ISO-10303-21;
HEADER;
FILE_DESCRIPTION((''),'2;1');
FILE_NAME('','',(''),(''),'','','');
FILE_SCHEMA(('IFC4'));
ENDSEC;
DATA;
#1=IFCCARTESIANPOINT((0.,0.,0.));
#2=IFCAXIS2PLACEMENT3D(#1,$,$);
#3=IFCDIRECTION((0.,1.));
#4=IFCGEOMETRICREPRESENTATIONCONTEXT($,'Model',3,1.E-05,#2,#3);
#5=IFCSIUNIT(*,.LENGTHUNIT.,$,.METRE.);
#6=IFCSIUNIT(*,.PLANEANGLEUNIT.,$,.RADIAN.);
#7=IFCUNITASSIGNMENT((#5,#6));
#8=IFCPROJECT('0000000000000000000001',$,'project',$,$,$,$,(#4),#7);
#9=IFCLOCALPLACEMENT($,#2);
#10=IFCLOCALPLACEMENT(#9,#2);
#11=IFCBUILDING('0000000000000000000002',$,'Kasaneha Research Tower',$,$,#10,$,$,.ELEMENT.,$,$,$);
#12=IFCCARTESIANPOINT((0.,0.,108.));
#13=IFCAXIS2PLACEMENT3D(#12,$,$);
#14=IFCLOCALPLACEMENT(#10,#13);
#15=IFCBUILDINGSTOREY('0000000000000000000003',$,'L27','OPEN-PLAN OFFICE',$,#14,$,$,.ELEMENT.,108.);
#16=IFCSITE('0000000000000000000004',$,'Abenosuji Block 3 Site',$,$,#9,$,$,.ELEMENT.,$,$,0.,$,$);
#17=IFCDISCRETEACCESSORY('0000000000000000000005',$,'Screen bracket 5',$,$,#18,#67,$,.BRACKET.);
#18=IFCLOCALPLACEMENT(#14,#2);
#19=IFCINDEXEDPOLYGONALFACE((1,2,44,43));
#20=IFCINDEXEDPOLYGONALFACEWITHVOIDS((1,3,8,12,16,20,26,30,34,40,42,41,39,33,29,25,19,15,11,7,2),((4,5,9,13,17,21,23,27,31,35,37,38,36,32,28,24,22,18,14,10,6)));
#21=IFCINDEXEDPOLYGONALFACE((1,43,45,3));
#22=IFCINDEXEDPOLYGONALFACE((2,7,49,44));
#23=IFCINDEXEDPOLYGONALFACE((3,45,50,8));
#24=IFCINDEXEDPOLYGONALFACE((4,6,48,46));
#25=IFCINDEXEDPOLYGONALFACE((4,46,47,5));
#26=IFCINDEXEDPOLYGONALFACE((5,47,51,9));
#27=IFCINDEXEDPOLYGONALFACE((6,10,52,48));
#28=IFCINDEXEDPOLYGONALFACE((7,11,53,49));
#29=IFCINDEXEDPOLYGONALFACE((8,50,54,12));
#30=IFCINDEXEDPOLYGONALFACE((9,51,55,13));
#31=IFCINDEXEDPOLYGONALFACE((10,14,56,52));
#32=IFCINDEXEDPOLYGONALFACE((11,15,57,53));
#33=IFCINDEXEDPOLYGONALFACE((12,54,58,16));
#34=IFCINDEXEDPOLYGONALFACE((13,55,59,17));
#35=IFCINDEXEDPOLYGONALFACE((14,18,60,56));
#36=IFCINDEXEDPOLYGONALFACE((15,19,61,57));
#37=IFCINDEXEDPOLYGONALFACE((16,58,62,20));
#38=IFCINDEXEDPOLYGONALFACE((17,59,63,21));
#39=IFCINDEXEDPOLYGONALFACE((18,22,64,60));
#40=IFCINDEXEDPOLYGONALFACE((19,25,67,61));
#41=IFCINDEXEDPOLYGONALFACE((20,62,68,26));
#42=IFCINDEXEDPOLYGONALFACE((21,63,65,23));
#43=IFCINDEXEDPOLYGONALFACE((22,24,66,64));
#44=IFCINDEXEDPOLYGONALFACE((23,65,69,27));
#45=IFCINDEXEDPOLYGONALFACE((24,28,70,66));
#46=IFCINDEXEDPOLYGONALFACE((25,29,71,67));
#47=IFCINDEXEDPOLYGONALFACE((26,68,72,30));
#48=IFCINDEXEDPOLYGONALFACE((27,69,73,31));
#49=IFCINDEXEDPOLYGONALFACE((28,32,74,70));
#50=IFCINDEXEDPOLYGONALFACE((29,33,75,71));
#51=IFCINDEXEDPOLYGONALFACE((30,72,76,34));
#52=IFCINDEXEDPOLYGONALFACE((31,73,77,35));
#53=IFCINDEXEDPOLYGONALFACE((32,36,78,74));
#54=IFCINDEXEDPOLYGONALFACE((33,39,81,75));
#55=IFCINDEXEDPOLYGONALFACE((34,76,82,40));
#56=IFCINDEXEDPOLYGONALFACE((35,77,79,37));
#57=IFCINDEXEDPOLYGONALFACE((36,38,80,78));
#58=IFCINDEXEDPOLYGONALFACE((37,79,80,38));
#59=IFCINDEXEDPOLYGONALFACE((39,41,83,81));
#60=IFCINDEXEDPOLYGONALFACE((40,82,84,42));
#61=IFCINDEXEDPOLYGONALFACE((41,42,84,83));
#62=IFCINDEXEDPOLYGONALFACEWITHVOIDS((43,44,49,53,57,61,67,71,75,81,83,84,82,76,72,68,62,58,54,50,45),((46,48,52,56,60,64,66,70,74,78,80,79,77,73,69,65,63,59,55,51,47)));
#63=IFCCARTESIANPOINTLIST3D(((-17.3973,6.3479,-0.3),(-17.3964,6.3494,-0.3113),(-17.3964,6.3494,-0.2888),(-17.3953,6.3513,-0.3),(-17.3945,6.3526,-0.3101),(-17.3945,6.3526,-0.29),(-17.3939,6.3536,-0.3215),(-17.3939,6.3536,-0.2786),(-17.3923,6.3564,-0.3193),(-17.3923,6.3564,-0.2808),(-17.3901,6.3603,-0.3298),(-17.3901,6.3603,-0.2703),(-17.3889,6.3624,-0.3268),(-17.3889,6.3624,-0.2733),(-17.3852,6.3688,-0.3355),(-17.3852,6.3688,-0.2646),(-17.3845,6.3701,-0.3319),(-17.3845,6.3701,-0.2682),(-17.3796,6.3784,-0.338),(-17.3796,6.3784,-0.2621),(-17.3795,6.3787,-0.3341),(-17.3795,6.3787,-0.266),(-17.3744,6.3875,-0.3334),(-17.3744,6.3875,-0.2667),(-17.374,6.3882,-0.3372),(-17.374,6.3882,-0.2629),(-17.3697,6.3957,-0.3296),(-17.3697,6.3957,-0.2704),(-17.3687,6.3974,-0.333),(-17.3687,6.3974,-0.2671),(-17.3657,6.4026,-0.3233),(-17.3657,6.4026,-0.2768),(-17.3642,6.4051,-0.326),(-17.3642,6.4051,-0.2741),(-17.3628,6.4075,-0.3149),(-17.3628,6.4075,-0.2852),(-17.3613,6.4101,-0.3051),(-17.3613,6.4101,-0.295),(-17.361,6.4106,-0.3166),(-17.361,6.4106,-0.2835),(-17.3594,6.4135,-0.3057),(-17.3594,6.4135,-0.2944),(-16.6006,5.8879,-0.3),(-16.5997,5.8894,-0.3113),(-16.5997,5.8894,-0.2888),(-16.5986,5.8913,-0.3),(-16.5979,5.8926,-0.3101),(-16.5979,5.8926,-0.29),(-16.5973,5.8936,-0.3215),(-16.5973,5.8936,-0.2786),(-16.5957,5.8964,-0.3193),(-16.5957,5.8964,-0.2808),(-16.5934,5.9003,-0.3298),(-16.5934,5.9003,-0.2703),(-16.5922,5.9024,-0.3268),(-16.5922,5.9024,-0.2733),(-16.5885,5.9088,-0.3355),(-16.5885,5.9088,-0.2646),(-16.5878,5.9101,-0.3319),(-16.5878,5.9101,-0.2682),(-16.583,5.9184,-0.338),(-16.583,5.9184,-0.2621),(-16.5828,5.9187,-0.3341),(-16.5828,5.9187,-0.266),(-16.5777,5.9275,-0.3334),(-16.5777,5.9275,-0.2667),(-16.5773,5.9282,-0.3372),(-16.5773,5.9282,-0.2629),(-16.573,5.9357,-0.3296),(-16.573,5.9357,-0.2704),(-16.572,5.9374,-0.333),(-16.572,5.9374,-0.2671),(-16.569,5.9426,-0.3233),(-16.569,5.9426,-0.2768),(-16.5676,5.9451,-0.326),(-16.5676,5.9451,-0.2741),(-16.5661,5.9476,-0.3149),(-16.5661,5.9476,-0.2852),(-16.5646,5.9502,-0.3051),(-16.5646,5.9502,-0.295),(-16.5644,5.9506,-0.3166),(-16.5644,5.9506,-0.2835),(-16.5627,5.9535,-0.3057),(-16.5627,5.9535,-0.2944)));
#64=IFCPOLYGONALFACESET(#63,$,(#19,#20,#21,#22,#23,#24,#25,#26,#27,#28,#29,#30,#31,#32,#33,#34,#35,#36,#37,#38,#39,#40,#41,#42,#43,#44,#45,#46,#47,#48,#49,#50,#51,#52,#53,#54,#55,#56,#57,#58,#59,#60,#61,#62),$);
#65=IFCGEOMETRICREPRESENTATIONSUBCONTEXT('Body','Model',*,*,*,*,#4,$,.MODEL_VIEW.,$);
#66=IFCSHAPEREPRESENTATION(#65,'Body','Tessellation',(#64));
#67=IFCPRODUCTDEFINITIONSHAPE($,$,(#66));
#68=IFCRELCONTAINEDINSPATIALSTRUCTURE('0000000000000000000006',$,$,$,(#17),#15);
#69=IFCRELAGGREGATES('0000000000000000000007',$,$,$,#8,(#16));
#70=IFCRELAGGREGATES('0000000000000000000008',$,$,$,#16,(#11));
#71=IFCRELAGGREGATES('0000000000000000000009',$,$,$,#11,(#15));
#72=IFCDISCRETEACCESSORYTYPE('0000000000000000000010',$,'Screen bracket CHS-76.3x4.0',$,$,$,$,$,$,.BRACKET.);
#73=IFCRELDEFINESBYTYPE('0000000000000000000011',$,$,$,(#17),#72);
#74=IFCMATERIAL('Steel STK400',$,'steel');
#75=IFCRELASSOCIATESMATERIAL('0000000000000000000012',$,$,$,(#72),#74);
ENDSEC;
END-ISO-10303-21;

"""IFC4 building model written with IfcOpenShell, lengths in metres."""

from ifc_helpers import new_model, si_unit, direction, frame, origin, origin_2d, place, context, subcontext, project, spatial, hollow_circle, extrude, material, material_profile, profile_set, type_object, element, save


model = new_model("IFC4")

# Units and contexts
model_context = context("Model", 3, precision=1e-05, world=origin(), true_north=direction((0.0, 1.0)))
body_context = subcontext(model_context, "Body", "Model", "MODEL_VIEW")
ifc_project = project(units=[si_unit("LENGTHUNIT", "METRE"), si_unit("PLANEANGLEUNIT", "RADIAN")], contexts=[model_context])

# Site, building, storey
site_placement = place(None, origin())
site = spatial("IfcSite", under=ifc_project, at=site_placement, Name="Abenosuji Block 3 Site", CompositionType="ELEMENT", RefElevation=0.0)
building_placement = place(site_placement, origin())
building = spatial("IfcBuilding", under=site, at=building_placement, Name="Kasaneha Research Tower", CompositionType="ELEMENT")
storey_placement = place(building_placement, frame((0.0, 0.0, 108.0)))
storey = spatial("IfcBuildingStorey", under=building, at=storey_placement, Name="L27", Description="OPEN-PLAN OFFICE", CompositionType="ELEMENT", Elevation=108.0)

# Discrete accessory
ifc_material_1 = material(Name="Steel STK400", Category="steel")
ifc_material_profile_1 = material_profile(ifc_material_1, hollow_circle(Radius=0.0381, WallThickness=0.0039, at=origin_2d()), Name="CHS-76.3x4.0")
ifc_profile_set_1 = profile_set([ifc_material_profile_1], Name="Steel STK400")
discrete_accessory_type = type_object("IfcDiscreteAccessoryType", Name="Screen bracket CHS-76.3x4.0", PredefinedType="BRACKET", material=ifc_profile_set_1)
for number, where, z_axis, x_axis, name in (
    (1, (-16.5815, 5.9209, -0.3), (-0.866013, 0.500021, 0.0), (-0.500021, -0.866013, 0.0), "Screen bracket 5"),
):
    element("IfcDiscreteAccessory", number, at=place(storey_placement, frame(where, z_axis=z_axis, x_axis=x_axis)), inside=storey, type_object=discrete_accessory_type, Name=name, PredefinedType="BRACKET", context=body_context, shape_type="SweptSolid", body=[
        extrude(hollow_circle(Radius=0.0381, WallThickness=0.0039, at=origin_2d()), origin(), (0.0, 0.0, 1.0), 0.9199),
    ])

save(model, "model.ifc")
